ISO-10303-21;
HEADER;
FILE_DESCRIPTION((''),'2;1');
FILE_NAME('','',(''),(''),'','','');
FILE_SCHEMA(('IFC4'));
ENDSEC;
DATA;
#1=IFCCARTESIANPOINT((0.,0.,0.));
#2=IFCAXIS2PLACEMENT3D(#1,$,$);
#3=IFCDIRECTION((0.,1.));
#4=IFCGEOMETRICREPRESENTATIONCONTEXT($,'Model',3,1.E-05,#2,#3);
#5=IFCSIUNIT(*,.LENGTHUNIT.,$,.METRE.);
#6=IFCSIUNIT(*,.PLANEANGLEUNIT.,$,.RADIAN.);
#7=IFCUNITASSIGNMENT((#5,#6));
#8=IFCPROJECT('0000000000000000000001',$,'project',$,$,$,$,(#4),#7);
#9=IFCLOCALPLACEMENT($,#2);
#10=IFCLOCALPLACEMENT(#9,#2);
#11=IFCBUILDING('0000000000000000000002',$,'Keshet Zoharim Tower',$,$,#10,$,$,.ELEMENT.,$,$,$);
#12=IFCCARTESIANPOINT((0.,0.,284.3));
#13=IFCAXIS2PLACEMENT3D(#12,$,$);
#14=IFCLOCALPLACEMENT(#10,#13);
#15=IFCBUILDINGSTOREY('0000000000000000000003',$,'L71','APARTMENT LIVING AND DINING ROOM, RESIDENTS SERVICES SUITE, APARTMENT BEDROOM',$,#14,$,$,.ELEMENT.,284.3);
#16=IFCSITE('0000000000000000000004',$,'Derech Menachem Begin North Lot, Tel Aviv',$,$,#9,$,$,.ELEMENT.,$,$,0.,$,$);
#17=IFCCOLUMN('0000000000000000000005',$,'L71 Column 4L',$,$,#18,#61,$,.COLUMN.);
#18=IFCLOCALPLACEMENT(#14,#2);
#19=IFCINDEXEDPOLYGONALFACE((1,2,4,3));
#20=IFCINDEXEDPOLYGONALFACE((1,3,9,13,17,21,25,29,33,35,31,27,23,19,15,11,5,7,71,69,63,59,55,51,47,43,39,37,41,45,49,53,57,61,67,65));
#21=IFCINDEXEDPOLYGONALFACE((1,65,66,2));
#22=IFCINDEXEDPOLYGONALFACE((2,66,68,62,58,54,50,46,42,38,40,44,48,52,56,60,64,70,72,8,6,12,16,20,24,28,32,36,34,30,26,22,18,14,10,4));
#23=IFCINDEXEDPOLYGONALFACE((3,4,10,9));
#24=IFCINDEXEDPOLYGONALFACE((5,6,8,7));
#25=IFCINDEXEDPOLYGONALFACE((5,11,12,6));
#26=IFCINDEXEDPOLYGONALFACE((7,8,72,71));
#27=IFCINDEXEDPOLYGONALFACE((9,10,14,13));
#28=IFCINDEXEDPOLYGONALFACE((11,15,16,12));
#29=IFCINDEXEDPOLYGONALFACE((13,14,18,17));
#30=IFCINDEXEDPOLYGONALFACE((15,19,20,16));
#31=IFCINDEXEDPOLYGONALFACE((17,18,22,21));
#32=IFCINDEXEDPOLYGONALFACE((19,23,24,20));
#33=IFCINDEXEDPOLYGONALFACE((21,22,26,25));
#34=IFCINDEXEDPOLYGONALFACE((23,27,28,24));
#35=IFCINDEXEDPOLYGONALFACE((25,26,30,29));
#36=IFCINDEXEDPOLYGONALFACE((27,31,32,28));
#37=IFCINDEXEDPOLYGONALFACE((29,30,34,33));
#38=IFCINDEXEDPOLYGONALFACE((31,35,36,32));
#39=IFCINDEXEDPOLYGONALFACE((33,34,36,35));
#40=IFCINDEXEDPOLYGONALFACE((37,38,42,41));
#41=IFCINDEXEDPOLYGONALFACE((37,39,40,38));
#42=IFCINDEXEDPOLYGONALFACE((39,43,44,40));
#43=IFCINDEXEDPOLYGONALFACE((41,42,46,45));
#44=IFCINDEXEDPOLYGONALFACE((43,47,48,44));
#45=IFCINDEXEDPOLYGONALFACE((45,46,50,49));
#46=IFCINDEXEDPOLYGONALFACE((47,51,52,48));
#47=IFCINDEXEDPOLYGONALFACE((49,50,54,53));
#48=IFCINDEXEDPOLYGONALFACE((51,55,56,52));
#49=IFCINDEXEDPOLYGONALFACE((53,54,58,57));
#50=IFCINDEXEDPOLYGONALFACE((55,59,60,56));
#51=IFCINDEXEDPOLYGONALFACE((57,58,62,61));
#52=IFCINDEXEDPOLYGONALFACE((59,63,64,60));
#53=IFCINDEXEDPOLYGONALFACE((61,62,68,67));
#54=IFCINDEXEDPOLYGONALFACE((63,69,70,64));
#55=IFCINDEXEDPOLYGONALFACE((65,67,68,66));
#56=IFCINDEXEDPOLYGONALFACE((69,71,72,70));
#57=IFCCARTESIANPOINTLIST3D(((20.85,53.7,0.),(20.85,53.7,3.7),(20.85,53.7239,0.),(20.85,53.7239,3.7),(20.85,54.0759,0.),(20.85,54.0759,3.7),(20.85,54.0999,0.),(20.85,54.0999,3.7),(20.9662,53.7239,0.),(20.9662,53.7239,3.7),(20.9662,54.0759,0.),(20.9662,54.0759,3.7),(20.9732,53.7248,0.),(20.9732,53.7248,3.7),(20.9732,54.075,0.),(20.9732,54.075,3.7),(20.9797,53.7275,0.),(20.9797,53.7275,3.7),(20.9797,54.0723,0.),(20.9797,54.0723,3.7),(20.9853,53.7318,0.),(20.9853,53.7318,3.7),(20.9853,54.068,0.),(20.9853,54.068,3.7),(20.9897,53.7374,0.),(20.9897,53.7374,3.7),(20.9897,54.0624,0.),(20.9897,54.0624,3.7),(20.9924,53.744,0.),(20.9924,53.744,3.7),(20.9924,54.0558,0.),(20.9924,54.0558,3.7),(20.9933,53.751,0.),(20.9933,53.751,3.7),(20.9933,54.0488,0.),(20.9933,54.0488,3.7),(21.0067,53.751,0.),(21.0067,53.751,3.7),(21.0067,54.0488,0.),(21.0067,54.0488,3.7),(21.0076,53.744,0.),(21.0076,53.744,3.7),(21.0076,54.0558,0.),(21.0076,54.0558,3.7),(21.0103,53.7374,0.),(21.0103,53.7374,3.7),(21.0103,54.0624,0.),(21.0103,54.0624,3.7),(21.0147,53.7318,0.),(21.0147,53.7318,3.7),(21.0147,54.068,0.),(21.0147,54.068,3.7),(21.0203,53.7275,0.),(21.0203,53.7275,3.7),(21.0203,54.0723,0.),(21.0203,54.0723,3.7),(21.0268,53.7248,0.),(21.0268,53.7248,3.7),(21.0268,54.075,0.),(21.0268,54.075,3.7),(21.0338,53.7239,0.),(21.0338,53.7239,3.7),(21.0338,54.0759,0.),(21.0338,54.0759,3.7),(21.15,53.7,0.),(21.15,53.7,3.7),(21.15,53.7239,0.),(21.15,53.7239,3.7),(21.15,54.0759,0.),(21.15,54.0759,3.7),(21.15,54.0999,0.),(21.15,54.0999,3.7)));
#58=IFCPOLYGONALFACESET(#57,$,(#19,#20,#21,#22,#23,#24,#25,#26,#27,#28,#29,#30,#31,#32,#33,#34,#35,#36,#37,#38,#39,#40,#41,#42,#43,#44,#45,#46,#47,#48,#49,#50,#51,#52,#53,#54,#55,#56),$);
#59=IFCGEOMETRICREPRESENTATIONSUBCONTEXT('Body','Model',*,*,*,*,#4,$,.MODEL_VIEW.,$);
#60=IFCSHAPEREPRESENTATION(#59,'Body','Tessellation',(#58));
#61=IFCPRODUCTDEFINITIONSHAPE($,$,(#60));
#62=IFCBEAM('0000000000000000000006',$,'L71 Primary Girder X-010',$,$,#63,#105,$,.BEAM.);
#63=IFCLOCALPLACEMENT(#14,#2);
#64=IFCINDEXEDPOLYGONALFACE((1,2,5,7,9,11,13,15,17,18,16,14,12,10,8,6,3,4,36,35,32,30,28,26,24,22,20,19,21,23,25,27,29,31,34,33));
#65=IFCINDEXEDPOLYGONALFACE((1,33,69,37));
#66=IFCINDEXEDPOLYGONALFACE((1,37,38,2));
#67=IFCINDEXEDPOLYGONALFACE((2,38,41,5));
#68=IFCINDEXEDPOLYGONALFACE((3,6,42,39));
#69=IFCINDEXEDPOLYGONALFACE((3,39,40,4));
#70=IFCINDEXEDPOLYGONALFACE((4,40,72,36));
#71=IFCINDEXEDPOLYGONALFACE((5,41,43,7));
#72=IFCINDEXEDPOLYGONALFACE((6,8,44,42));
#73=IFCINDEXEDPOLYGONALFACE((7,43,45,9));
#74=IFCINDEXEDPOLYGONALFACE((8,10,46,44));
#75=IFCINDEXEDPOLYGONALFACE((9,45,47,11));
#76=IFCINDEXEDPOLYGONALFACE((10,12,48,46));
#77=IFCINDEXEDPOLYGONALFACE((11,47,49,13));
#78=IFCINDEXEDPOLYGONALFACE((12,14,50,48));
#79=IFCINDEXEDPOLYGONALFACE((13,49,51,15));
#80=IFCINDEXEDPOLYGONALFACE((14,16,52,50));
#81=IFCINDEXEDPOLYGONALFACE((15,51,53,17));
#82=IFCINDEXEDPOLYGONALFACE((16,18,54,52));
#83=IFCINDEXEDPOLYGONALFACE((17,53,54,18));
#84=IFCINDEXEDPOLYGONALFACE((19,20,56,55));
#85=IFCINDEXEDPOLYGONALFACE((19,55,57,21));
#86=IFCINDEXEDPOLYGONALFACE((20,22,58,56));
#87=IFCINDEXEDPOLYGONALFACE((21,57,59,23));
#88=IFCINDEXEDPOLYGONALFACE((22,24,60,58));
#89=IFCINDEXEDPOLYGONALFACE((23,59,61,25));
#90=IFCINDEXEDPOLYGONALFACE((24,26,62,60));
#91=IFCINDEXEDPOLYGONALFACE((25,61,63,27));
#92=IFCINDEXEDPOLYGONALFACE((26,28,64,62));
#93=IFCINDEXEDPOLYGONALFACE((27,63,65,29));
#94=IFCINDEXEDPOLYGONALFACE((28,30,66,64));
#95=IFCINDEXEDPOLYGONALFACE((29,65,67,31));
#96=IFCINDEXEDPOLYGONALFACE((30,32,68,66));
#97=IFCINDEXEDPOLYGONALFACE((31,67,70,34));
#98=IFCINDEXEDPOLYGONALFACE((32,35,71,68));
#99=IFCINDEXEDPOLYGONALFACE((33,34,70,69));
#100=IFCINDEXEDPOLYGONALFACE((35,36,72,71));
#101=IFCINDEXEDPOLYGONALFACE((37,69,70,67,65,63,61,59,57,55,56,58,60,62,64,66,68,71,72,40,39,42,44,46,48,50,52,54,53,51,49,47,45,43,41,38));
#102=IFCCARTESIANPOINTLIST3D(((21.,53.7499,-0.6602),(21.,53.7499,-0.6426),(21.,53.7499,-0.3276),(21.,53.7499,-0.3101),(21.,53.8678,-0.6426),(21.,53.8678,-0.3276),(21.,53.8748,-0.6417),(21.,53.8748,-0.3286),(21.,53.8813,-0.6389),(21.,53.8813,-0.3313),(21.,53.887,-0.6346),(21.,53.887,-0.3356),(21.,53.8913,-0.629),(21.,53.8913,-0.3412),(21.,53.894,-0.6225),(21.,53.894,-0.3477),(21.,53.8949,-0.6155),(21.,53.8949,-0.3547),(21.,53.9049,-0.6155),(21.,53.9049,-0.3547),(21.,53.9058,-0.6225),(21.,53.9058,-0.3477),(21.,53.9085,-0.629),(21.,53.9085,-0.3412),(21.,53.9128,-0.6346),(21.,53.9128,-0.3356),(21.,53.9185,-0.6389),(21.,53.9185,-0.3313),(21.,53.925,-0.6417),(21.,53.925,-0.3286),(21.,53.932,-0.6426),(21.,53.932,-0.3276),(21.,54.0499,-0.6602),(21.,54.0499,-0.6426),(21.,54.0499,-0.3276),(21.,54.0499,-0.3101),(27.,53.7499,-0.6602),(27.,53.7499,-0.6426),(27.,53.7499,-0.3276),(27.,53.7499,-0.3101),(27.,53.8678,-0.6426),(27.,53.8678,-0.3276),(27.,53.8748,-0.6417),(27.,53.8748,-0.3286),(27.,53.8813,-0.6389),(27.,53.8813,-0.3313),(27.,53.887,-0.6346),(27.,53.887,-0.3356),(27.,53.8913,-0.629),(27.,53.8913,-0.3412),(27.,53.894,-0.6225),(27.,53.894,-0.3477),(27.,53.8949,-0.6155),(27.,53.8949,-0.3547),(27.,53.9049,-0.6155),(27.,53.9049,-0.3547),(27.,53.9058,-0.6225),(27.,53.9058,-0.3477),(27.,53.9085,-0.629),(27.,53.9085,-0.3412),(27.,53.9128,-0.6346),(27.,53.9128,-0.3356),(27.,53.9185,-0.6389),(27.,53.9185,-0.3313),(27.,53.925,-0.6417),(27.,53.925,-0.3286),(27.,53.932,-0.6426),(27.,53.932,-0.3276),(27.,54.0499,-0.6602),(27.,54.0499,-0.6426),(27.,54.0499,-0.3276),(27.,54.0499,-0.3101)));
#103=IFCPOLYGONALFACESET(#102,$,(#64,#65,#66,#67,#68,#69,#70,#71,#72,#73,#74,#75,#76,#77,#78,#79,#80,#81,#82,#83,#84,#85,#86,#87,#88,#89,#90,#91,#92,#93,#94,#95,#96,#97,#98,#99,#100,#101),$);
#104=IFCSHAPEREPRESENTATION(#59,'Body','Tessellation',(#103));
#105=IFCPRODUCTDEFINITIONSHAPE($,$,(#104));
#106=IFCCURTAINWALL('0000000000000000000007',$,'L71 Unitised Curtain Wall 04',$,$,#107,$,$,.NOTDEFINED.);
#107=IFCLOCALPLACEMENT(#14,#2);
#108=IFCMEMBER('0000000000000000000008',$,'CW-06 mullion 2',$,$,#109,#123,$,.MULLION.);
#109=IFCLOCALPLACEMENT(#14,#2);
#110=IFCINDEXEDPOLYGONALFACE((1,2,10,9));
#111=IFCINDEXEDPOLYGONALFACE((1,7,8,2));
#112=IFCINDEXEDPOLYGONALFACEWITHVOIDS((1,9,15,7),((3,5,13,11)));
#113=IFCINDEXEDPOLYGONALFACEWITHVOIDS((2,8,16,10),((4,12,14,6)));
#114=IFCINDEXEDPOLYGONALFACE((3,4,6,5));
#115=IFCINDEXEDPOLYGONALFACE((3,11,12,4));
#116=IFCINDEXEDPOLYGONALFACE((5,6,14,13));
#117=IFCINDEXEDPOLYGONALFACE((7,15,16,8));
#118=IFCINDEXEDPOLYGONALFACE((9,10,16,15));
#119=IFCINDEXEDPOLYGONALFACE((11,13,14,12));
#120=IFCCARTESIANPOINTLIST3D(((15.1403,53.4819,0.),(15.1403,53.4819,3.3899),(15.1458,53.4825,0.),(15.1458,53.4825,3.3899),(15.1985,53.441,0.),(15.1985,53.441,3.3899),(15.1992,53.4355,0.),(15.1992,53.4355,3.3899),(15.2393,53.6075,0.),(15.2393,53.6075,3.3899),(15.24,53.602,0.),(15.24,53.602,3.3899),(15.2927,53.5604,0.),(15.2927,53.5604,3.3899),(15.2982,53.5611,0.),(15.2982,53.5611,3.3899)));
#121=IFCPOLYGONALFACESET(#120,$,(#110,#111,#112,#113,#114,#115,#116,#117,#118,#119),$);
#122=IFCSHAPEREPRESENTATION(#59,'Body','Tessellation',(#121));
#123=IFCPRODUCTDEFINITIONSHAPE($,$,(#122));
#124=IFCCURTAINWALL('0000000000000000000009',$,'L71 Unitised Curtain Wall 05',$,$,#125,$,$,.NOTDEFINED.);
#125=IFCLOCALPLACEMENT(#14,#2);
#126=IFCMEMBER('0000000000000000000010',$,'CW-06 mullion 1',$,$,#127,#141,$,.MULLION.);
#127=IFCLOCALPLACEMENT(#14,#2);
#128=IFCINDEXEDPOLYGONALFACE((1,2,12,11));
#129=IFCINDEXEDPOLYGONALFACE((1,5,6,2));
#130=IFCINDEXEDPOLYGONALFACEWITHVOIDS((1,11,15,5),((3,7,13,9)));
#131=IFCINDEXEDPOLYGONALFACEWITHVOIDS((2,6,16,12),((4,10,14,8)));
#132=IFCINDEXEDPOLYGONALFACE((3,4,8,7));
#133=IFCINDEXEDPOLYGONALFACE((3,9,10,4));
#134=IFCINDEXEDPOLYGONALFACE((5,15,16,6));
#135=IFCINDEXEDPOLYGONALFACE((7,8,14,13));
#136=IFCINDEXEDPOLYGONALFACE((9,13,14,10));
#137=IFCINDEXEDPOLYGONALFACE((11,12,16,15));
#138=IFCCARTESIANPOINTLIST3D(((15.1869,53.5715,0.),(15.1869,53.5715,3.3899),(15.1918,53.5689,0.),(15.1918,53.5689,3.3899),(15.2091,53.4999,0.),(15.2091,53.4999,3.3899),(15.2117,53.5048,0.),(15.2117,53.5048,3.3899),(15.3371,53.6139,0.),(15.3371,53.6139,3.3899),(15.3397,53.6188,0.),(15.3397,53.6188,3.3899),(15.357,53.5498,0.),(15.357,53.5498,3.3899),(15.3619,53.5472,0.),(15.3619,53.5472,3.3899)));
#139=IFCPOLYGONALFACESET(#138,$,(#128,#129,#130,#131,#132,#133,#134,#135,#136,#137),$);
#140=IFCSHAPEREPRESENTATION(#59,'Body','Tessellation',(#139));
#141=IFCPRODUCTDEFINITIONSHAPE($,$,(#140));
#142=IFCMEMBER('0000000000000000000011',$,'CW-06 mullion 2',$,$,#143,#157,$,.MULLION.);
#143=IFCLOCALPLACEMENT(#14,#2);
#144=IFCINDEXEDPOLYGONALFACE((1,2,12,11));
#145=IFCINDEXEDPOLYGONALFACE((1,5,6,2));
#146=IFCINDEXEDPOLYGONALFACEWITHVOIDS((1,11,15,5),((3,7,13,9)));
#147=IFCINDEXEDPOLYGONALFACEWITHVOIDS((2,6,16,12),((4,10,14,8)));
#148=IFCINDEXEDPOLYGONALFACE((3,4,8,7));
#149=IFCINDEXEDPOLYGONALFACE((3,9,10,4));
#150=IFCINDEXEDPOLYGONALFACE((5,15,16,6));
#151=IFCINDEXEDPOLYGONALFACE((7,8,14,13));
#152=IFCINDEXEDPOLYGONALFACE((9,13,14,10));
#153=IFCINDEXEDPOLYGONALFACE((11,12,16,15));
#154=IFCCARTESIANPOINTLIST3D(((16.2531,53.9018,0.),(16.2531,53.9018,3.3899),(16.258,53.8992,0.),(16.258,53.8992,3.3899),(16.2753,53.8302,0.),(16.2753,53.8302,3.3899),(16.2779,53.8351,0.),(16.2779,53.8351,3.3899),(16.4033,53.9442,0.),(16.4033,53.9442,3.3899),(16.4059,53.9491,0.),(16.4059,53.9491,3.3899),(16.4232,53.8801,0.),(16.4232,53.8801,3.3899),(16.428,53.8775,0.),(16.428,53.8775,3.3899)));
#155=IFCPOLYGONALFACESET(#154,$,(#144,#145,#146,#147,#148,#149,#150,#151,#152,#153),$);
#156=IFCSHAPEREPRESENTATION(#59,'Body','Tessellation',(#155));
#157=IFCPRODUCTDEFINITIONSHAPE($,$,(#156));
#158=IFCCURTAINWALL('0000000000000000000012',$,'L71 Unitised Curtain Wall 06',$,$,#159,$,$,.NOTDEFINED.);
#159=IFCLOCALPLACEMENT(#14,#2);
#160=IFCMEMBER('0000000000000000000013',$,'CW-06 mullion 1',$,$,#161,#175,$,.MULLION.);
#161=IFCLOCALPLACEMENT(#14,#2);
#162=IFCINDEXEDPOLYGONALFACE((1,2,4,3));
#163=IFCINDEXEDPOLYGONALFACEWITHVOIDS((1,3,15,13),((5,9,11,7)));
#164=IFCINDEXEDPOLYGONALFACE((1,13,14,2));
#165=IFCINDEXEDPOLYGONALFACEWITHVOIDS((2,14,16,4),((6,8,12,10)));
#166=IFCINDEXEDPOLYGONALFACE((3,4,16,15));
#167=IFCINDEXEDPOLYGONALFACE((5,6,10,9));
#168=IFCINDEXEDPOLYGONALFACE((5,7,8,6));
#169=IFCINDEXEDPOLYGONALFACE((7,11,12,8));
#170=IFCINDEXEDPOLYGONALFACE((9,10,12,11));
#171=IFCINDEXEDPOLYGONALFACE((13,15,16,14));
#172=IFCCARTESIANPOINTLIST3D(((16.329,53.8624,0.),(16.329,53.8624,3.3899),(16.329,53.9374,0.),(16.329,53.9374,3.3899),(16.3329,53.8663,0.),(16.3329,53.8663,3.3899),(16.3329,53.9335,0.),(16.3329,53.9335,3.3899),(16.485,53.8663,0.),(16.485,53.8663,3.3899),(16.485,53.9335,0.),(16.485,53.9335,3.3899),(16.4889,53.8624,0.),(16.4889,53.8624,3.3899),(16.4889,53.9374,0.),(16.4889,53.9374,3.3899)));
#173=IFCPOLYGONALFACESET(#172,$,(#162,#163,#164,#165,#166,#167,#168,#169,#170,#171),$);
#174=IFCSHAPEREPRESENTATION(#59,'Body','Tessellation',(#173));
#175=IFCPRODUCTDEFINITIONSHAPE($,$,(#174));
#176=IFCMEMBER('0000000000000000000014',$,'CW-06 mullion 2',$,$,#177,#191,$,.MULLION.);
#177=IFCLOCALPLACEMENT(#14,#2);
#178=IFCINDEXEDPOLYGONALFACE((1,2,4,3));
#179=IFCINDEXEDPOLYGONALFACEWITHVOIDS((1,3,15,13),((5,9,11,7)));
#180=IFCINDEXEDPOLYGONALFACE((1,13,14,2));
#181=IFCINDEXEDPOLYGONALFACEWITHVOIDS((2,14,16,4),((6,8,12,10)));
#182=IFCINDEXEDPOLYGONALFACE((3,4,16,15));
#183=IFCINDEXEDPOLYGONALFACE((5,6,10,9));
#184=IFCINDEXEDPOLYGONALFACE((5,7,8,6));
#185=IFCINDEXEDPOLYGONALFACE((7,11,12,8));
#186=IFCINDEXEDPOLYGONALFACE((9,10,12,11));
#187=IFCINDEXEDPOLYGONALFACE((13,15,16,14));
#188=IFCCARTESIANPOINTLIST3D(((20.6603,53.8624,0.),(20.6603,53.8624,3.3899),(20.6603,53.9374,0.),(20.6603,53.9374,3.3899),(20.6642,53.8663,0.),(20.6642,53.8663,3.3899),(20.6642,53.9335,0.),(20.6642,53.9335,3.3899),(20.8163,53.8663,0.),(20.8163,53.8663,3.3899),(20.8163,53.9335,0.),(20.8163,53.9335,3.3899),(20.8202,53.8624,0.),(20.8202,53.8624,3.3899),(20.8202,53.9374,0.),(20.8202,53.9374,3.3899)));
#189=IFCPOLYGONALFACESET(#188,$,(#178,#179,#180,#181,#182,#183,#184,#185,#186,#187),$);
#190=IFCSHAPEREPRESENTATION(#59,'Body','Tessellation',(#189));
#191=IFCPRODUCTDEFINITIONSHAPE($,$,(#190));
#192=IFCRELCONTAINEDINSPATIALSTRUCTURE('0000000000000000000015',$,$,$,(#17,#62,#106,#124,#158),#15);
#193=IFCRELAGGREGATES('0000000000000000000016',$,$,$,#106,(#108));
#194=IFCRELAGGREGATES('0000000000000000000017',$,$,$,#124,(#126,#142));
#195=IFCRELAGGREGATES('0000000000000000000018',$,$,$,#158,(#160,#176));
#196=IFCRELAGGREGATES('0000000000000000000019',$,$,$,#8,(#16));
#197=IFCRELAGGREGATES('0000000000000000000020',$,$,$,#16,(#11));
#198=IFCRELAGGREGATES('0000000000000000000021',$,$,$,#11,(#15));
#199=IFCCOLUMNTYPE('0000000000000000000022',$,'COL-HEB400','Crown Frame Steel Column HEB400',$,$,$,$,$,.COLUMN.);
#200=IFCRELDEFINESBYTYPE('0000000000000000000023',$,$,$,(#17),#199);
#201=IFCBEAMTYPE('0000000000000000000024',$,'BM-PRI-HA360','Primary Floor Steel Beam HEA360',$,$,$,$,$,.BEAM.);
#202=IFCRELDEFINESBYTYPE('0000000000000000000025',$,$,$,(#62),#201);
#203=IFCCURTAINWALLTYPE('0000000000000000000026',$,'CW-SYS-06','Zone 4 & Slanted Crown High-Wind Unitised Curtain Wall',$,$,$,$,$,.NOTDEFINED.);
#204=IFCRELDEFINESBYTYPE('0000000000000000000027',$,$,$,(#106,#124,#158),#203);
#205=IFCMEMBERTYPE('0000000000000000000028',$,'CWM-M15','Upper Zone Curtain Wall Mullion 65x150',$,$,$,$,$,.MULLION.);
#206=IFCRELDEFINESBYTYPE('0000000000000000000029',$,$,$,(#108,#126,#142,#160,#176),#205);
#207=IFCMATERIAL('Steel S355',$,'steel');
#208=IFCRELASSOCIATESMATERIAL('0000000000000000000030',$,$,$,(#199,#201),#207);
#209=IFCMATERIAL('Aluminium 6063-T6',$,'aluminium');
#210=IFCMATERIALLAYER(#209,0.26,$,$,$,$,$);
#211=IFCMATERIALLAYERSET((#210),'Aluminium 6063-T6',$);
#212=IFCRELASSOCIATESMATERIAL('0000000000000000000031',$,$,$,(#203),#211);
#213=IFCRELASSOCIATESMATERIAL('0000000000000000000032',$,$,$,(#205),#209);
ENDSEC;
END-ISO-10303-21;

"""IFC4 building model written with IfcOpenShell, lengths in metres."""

from ifc_helpers import new_model, si_unit, direction, frame, origin, origin_2d, place, context, subcontext, project, spatial, hollow_rectangle, i_section, extrude, material, layer, layer_set, material_profile, profile_set, type_object, element, aggregate, save


model = new_model("IFC4")

# Units and contexts
model_context = context("Model", 3, precision=1e-05, world=origin(), true_north=direction((0.0, 1.0)))
body_context = subcontext(model_context, "Body", "Model", "MODEL_VIEW")
ifc_project = project(units=[si_unit("LENGTHUNIT", "METRE"), si_unit("PLANEANGLEUNIT", "RADIAN")], contexts=[model_context])

# Site, building, storey
site_placement = place(None, origin())
site = spatial("IfcSite", under=ifc_project, at=site_placement, Name="Derech Menachem Begin North Lot, Tel Aviv", CompositionType="ELEMENT", RefElevation=0.0)
building_placement = place(site_placement, origin())
building = spatial("IfcBuilding", under=site, at=building_placement, Name="Keshet Zoharim Tower", CompositionType="ELEMENT")
storey_placement = place(building_placement, frame((0.0, 0.0, 284.3)))
storey = spatial("IfcBuildingStorey", under=building, at=storey_placement, Name="L71", Description="APARTMENT LIVING AND DINING ROOM, RESIDENTS SERVICES SUITE, APARTMENT BEDROOM", CompositionType="ELEMENT", Elevation=284.3)

# Column
ifc_material_1 = material(Name="Steel S355", Category="steel")
ifc_material_profile_1 = material_profile(ifc_material_1, i_section(OverallWidth=0.3, OverallDepth=0.3999, WebThickness=0.0134, FlangeThickness=0.0239, FilletRadius=0.0271, at=origin_2d()), Name="HEB400")
ifc_profile_set_1 = profile_set([ifc_material_profile_1], Name="Steel S355")
column_type = type_object("IfcColumnType", Name="COL-HEB400", Description="Crown Frame Steel Column HEB400", PredefinedType="COLUMN", material=ifc_profile_set_1)
column_placement = place(storey_placement, frame((21.0, 53.8999, 0.0), z_axis=(0.0, 0.0, 1.0), x_axis=(1.0, 0.0, 0.0)))
element("IfcColumn", 1, at=column_placement, inside=storey, type_object=column_type, Name="L71 Column 4L", PredefinedType="COLUMN", context=body_context, shape_type="SweptSolid", body=[
    extrude(i_section(OverallWidth=0.3, OverallDepth=0.3999, WebThickness=0.0134, FlangeThickness=0.0239, FilletRadius=0.0271, at=origin_2d()), origin(), (0.0, 0.0, 1.0), 3.7),
])

# Beam
ifc_material_profile_2 = material_profile(ifc_material_1, i_section(OverallWidth=0.3, OverallDepth=0.3501, WebThickness=0.01, FlangeThickness=0.0176, FilletRadius=0.0271, at=origin_2d()), Name="HEA360")
ifc_profile_set_2 = profile_set([ifc_material_profile_2], Name="Steel S355")
beam_type = type_object("IfcBeamType", Name="BM-PRI-HA360", Description="Primary Floor Steel Beam HEA360", PredefinedType="BEAM", material=ifc_profile_set_2)
beam_placement = place(storey_placement, frame((21.0, 53.8999, -0.4851), z_axis=(1.0, 0.0, 0.0), x_axis=(0.0, 1.0, 0.0)))
element("IfcBeam", 2, at=beam_placement, inside=storey, type_object=beam_type, Name="L71 Primary Girder X-010", PredefinedType="BEAM", context=body_context, shape_type="SweptSolid", body=[
    extrude(i_section(OverallWidth=0.3, OverallDepth=0.3501, WebThickness=0.01, FlangeThickness=0.0176, FilletRadius=0.0271, at=origin_2d()), origin(), (0.0, 0.0, 1.0), 6.0),
])

# Curtain wall, member
ifc_material_2 = material(Name="Aluminium 6063-T6", Category="aluminium")
ifc_layer_1 = layer(ifc_material_2, 0.26)
ifc_layer_set_1 = layer_set([ifc_layer_1], Name="Aluminium 6063-T6")
curtain_wall_type = type_object("IfcCurtainWallType", Name="CW-SYS-06", Description="Zone 4 & Slanted Crown High-Wind Unitised Curtain Wall", PredefinedType="NOTDEFINED", material=ifc_layer_set_1)
curtain_wall_1_placement = place(storey_placement, origin())
curtain_wall_1 = element("IfcCurtainWall", 3, at=curtain_wall_1_placement, inside=storey, type_object=curtain_wall_type, Name="L71 Unitised Curtain Wall 04", PredefinedType="NOTDEFINED")
ifc_material_profile_3 = material_profile(ifc_material_2, hollow_rectangle(XDim=0.075, YDim=0.1599, WallThickness=0.0039, at=origin_2d()), Name="MUL-75x160")
ifc_profile_set_3 = profile_set([ifc_material_profile_3], Name="Aluminium 6063-T6")
member_type_1 = type_object("IfcMemberType", Name="CWM-M15", Description="Upper Zone Curtain Wall Mullion 65x150", PredefinedType="MULLION", material=ifc_profile_set_3)
member_1_placement = place(storey_placement, frame((15.2192, 53.5215, 0.0), z_axis=(0.0, 0.0, 1.0), x_axis=(-0.785293, 0.619125, 0.0)))
member_1 = element("IfcMember", 4, at=member_1_placement, type_object=member_type_1, Name="CW-06 mullion 2", PredefinedType="MULLION", context=body_context, shape_type="SweptSolid", body=[
    extrude(hollow_rectangle(XDim=0.075, YDim=0.1599, WallThickness=0.0039, at=origin_2d()), origin(), (0.0, 0.0, 1.0), 3.3899),
])

# Curtain walls, members
curtain_wall_2_placement = place(storey_placement, origin())
curtain_wall_2 = element("IfcCurtainWall", 5, at=curtain_wall_2_placement, inside=storey, type_object=curtain_wall_type, Name="L71 Unitised Curtain Wall 05", PredefinedType="NOTDEFINED")
member_2_placement = place(storey_placement, frame((15.2744, 53.5593, 0.0), z_axis=(0.0, 0.0, 1.0), x_axis=(-0.295922, 0.955212, 0.0)))
member_2 = element("IfcMember", 6, at=member_2_placement, type_object=member_type_1, Name="CW-06 mullion 1", PredefinedType="MULLION", context=body_context, shape_type="SweptSolid", body=[
    extrude(hollow_rectangle(XDim=0.075, YDim=0.1599, WallThickness=0.0039, at=origin_2d()), origin(), (0.0, 0.0, 1.0), 3.3899),
])
member_3_placement = place(storey_placement, frame((16.3406, 53.8896, 0.0), z_axis=(0.0, 0.0, 1.0), x_axis=(-0.295922, 0.955212, 0.0)))
member_3 = element("IfcMember", 7, at=member_3_placement, type_object=member_type_1, Name="CW-06 mullion 2", PredefinedType="MULLION", context=body_context, shape_type="SweptSolid", body=[
    extrude(hollow_rectangle(XDim=0.075, YDim=0.1599, WallThickness=0.0039, at=origin_2d()), origin(), (0.0, 0.0, 1.0), 3.3899),
])
curtain_wall_3_placement = place(storey_placement, origin())
curtain_wall_3 = element("IfcCurtainWall", 8, at=curtain_wall_3_placement, inside=storey, type_object=curtain_wall_type, Name="L71 Unitised Curtain Wall 06", PredefinedType="NOTDEFINED")
member_4_placement = place(storey_placement, frame((16.4089, 53.8999, 0.0), z_axis=(0.0, 0.0, 1.0), x_axis=(0.0, 1.0, 0.0)))
member_4 = element("IfcMember", 9, at=member_4_placement, type_object=member_type_1, Name="CW-06 mullion 1", PredefinedType="MULLION", context=body_context, shape_type="SweptSolid", body=[
    extrude(hollow_rectangle(XDim=0.075, YDim=0.1599, WallThickness=0.0039, at=origin_2d()), origin(), (0.0, 0.0, 1.0), 3.3899),
])
member_5_placement = place(storey_placement, frame((20.7402, 53.8999, 0.0), z_axis=(0.0, 0.0, 1.0), x_axis=(0.0, 1.0, 0.0)))
member_5 = element("IfcMember", 10, at=member_5_placement, type_object=member_type_1, Name="CW-06 mullion 2", PredefinedType="MULLION", context=body_context, shape_type="SweptSolid", body=[
    extrude(hollow_rectangle(XDim=0.075, YDim=0.1599, WallThickness=0.0039, at=origin_2d()), origin(), (0.0, 0.0, 1.0), 3.3899),
])

aggregate(curtain_wall_1, [member_1])
aggregate(curtain_wall_2, [member_2, member_3])
aggregate(curtain_wall_3, [member_4, member_5])

save(model, "model.ifc")
